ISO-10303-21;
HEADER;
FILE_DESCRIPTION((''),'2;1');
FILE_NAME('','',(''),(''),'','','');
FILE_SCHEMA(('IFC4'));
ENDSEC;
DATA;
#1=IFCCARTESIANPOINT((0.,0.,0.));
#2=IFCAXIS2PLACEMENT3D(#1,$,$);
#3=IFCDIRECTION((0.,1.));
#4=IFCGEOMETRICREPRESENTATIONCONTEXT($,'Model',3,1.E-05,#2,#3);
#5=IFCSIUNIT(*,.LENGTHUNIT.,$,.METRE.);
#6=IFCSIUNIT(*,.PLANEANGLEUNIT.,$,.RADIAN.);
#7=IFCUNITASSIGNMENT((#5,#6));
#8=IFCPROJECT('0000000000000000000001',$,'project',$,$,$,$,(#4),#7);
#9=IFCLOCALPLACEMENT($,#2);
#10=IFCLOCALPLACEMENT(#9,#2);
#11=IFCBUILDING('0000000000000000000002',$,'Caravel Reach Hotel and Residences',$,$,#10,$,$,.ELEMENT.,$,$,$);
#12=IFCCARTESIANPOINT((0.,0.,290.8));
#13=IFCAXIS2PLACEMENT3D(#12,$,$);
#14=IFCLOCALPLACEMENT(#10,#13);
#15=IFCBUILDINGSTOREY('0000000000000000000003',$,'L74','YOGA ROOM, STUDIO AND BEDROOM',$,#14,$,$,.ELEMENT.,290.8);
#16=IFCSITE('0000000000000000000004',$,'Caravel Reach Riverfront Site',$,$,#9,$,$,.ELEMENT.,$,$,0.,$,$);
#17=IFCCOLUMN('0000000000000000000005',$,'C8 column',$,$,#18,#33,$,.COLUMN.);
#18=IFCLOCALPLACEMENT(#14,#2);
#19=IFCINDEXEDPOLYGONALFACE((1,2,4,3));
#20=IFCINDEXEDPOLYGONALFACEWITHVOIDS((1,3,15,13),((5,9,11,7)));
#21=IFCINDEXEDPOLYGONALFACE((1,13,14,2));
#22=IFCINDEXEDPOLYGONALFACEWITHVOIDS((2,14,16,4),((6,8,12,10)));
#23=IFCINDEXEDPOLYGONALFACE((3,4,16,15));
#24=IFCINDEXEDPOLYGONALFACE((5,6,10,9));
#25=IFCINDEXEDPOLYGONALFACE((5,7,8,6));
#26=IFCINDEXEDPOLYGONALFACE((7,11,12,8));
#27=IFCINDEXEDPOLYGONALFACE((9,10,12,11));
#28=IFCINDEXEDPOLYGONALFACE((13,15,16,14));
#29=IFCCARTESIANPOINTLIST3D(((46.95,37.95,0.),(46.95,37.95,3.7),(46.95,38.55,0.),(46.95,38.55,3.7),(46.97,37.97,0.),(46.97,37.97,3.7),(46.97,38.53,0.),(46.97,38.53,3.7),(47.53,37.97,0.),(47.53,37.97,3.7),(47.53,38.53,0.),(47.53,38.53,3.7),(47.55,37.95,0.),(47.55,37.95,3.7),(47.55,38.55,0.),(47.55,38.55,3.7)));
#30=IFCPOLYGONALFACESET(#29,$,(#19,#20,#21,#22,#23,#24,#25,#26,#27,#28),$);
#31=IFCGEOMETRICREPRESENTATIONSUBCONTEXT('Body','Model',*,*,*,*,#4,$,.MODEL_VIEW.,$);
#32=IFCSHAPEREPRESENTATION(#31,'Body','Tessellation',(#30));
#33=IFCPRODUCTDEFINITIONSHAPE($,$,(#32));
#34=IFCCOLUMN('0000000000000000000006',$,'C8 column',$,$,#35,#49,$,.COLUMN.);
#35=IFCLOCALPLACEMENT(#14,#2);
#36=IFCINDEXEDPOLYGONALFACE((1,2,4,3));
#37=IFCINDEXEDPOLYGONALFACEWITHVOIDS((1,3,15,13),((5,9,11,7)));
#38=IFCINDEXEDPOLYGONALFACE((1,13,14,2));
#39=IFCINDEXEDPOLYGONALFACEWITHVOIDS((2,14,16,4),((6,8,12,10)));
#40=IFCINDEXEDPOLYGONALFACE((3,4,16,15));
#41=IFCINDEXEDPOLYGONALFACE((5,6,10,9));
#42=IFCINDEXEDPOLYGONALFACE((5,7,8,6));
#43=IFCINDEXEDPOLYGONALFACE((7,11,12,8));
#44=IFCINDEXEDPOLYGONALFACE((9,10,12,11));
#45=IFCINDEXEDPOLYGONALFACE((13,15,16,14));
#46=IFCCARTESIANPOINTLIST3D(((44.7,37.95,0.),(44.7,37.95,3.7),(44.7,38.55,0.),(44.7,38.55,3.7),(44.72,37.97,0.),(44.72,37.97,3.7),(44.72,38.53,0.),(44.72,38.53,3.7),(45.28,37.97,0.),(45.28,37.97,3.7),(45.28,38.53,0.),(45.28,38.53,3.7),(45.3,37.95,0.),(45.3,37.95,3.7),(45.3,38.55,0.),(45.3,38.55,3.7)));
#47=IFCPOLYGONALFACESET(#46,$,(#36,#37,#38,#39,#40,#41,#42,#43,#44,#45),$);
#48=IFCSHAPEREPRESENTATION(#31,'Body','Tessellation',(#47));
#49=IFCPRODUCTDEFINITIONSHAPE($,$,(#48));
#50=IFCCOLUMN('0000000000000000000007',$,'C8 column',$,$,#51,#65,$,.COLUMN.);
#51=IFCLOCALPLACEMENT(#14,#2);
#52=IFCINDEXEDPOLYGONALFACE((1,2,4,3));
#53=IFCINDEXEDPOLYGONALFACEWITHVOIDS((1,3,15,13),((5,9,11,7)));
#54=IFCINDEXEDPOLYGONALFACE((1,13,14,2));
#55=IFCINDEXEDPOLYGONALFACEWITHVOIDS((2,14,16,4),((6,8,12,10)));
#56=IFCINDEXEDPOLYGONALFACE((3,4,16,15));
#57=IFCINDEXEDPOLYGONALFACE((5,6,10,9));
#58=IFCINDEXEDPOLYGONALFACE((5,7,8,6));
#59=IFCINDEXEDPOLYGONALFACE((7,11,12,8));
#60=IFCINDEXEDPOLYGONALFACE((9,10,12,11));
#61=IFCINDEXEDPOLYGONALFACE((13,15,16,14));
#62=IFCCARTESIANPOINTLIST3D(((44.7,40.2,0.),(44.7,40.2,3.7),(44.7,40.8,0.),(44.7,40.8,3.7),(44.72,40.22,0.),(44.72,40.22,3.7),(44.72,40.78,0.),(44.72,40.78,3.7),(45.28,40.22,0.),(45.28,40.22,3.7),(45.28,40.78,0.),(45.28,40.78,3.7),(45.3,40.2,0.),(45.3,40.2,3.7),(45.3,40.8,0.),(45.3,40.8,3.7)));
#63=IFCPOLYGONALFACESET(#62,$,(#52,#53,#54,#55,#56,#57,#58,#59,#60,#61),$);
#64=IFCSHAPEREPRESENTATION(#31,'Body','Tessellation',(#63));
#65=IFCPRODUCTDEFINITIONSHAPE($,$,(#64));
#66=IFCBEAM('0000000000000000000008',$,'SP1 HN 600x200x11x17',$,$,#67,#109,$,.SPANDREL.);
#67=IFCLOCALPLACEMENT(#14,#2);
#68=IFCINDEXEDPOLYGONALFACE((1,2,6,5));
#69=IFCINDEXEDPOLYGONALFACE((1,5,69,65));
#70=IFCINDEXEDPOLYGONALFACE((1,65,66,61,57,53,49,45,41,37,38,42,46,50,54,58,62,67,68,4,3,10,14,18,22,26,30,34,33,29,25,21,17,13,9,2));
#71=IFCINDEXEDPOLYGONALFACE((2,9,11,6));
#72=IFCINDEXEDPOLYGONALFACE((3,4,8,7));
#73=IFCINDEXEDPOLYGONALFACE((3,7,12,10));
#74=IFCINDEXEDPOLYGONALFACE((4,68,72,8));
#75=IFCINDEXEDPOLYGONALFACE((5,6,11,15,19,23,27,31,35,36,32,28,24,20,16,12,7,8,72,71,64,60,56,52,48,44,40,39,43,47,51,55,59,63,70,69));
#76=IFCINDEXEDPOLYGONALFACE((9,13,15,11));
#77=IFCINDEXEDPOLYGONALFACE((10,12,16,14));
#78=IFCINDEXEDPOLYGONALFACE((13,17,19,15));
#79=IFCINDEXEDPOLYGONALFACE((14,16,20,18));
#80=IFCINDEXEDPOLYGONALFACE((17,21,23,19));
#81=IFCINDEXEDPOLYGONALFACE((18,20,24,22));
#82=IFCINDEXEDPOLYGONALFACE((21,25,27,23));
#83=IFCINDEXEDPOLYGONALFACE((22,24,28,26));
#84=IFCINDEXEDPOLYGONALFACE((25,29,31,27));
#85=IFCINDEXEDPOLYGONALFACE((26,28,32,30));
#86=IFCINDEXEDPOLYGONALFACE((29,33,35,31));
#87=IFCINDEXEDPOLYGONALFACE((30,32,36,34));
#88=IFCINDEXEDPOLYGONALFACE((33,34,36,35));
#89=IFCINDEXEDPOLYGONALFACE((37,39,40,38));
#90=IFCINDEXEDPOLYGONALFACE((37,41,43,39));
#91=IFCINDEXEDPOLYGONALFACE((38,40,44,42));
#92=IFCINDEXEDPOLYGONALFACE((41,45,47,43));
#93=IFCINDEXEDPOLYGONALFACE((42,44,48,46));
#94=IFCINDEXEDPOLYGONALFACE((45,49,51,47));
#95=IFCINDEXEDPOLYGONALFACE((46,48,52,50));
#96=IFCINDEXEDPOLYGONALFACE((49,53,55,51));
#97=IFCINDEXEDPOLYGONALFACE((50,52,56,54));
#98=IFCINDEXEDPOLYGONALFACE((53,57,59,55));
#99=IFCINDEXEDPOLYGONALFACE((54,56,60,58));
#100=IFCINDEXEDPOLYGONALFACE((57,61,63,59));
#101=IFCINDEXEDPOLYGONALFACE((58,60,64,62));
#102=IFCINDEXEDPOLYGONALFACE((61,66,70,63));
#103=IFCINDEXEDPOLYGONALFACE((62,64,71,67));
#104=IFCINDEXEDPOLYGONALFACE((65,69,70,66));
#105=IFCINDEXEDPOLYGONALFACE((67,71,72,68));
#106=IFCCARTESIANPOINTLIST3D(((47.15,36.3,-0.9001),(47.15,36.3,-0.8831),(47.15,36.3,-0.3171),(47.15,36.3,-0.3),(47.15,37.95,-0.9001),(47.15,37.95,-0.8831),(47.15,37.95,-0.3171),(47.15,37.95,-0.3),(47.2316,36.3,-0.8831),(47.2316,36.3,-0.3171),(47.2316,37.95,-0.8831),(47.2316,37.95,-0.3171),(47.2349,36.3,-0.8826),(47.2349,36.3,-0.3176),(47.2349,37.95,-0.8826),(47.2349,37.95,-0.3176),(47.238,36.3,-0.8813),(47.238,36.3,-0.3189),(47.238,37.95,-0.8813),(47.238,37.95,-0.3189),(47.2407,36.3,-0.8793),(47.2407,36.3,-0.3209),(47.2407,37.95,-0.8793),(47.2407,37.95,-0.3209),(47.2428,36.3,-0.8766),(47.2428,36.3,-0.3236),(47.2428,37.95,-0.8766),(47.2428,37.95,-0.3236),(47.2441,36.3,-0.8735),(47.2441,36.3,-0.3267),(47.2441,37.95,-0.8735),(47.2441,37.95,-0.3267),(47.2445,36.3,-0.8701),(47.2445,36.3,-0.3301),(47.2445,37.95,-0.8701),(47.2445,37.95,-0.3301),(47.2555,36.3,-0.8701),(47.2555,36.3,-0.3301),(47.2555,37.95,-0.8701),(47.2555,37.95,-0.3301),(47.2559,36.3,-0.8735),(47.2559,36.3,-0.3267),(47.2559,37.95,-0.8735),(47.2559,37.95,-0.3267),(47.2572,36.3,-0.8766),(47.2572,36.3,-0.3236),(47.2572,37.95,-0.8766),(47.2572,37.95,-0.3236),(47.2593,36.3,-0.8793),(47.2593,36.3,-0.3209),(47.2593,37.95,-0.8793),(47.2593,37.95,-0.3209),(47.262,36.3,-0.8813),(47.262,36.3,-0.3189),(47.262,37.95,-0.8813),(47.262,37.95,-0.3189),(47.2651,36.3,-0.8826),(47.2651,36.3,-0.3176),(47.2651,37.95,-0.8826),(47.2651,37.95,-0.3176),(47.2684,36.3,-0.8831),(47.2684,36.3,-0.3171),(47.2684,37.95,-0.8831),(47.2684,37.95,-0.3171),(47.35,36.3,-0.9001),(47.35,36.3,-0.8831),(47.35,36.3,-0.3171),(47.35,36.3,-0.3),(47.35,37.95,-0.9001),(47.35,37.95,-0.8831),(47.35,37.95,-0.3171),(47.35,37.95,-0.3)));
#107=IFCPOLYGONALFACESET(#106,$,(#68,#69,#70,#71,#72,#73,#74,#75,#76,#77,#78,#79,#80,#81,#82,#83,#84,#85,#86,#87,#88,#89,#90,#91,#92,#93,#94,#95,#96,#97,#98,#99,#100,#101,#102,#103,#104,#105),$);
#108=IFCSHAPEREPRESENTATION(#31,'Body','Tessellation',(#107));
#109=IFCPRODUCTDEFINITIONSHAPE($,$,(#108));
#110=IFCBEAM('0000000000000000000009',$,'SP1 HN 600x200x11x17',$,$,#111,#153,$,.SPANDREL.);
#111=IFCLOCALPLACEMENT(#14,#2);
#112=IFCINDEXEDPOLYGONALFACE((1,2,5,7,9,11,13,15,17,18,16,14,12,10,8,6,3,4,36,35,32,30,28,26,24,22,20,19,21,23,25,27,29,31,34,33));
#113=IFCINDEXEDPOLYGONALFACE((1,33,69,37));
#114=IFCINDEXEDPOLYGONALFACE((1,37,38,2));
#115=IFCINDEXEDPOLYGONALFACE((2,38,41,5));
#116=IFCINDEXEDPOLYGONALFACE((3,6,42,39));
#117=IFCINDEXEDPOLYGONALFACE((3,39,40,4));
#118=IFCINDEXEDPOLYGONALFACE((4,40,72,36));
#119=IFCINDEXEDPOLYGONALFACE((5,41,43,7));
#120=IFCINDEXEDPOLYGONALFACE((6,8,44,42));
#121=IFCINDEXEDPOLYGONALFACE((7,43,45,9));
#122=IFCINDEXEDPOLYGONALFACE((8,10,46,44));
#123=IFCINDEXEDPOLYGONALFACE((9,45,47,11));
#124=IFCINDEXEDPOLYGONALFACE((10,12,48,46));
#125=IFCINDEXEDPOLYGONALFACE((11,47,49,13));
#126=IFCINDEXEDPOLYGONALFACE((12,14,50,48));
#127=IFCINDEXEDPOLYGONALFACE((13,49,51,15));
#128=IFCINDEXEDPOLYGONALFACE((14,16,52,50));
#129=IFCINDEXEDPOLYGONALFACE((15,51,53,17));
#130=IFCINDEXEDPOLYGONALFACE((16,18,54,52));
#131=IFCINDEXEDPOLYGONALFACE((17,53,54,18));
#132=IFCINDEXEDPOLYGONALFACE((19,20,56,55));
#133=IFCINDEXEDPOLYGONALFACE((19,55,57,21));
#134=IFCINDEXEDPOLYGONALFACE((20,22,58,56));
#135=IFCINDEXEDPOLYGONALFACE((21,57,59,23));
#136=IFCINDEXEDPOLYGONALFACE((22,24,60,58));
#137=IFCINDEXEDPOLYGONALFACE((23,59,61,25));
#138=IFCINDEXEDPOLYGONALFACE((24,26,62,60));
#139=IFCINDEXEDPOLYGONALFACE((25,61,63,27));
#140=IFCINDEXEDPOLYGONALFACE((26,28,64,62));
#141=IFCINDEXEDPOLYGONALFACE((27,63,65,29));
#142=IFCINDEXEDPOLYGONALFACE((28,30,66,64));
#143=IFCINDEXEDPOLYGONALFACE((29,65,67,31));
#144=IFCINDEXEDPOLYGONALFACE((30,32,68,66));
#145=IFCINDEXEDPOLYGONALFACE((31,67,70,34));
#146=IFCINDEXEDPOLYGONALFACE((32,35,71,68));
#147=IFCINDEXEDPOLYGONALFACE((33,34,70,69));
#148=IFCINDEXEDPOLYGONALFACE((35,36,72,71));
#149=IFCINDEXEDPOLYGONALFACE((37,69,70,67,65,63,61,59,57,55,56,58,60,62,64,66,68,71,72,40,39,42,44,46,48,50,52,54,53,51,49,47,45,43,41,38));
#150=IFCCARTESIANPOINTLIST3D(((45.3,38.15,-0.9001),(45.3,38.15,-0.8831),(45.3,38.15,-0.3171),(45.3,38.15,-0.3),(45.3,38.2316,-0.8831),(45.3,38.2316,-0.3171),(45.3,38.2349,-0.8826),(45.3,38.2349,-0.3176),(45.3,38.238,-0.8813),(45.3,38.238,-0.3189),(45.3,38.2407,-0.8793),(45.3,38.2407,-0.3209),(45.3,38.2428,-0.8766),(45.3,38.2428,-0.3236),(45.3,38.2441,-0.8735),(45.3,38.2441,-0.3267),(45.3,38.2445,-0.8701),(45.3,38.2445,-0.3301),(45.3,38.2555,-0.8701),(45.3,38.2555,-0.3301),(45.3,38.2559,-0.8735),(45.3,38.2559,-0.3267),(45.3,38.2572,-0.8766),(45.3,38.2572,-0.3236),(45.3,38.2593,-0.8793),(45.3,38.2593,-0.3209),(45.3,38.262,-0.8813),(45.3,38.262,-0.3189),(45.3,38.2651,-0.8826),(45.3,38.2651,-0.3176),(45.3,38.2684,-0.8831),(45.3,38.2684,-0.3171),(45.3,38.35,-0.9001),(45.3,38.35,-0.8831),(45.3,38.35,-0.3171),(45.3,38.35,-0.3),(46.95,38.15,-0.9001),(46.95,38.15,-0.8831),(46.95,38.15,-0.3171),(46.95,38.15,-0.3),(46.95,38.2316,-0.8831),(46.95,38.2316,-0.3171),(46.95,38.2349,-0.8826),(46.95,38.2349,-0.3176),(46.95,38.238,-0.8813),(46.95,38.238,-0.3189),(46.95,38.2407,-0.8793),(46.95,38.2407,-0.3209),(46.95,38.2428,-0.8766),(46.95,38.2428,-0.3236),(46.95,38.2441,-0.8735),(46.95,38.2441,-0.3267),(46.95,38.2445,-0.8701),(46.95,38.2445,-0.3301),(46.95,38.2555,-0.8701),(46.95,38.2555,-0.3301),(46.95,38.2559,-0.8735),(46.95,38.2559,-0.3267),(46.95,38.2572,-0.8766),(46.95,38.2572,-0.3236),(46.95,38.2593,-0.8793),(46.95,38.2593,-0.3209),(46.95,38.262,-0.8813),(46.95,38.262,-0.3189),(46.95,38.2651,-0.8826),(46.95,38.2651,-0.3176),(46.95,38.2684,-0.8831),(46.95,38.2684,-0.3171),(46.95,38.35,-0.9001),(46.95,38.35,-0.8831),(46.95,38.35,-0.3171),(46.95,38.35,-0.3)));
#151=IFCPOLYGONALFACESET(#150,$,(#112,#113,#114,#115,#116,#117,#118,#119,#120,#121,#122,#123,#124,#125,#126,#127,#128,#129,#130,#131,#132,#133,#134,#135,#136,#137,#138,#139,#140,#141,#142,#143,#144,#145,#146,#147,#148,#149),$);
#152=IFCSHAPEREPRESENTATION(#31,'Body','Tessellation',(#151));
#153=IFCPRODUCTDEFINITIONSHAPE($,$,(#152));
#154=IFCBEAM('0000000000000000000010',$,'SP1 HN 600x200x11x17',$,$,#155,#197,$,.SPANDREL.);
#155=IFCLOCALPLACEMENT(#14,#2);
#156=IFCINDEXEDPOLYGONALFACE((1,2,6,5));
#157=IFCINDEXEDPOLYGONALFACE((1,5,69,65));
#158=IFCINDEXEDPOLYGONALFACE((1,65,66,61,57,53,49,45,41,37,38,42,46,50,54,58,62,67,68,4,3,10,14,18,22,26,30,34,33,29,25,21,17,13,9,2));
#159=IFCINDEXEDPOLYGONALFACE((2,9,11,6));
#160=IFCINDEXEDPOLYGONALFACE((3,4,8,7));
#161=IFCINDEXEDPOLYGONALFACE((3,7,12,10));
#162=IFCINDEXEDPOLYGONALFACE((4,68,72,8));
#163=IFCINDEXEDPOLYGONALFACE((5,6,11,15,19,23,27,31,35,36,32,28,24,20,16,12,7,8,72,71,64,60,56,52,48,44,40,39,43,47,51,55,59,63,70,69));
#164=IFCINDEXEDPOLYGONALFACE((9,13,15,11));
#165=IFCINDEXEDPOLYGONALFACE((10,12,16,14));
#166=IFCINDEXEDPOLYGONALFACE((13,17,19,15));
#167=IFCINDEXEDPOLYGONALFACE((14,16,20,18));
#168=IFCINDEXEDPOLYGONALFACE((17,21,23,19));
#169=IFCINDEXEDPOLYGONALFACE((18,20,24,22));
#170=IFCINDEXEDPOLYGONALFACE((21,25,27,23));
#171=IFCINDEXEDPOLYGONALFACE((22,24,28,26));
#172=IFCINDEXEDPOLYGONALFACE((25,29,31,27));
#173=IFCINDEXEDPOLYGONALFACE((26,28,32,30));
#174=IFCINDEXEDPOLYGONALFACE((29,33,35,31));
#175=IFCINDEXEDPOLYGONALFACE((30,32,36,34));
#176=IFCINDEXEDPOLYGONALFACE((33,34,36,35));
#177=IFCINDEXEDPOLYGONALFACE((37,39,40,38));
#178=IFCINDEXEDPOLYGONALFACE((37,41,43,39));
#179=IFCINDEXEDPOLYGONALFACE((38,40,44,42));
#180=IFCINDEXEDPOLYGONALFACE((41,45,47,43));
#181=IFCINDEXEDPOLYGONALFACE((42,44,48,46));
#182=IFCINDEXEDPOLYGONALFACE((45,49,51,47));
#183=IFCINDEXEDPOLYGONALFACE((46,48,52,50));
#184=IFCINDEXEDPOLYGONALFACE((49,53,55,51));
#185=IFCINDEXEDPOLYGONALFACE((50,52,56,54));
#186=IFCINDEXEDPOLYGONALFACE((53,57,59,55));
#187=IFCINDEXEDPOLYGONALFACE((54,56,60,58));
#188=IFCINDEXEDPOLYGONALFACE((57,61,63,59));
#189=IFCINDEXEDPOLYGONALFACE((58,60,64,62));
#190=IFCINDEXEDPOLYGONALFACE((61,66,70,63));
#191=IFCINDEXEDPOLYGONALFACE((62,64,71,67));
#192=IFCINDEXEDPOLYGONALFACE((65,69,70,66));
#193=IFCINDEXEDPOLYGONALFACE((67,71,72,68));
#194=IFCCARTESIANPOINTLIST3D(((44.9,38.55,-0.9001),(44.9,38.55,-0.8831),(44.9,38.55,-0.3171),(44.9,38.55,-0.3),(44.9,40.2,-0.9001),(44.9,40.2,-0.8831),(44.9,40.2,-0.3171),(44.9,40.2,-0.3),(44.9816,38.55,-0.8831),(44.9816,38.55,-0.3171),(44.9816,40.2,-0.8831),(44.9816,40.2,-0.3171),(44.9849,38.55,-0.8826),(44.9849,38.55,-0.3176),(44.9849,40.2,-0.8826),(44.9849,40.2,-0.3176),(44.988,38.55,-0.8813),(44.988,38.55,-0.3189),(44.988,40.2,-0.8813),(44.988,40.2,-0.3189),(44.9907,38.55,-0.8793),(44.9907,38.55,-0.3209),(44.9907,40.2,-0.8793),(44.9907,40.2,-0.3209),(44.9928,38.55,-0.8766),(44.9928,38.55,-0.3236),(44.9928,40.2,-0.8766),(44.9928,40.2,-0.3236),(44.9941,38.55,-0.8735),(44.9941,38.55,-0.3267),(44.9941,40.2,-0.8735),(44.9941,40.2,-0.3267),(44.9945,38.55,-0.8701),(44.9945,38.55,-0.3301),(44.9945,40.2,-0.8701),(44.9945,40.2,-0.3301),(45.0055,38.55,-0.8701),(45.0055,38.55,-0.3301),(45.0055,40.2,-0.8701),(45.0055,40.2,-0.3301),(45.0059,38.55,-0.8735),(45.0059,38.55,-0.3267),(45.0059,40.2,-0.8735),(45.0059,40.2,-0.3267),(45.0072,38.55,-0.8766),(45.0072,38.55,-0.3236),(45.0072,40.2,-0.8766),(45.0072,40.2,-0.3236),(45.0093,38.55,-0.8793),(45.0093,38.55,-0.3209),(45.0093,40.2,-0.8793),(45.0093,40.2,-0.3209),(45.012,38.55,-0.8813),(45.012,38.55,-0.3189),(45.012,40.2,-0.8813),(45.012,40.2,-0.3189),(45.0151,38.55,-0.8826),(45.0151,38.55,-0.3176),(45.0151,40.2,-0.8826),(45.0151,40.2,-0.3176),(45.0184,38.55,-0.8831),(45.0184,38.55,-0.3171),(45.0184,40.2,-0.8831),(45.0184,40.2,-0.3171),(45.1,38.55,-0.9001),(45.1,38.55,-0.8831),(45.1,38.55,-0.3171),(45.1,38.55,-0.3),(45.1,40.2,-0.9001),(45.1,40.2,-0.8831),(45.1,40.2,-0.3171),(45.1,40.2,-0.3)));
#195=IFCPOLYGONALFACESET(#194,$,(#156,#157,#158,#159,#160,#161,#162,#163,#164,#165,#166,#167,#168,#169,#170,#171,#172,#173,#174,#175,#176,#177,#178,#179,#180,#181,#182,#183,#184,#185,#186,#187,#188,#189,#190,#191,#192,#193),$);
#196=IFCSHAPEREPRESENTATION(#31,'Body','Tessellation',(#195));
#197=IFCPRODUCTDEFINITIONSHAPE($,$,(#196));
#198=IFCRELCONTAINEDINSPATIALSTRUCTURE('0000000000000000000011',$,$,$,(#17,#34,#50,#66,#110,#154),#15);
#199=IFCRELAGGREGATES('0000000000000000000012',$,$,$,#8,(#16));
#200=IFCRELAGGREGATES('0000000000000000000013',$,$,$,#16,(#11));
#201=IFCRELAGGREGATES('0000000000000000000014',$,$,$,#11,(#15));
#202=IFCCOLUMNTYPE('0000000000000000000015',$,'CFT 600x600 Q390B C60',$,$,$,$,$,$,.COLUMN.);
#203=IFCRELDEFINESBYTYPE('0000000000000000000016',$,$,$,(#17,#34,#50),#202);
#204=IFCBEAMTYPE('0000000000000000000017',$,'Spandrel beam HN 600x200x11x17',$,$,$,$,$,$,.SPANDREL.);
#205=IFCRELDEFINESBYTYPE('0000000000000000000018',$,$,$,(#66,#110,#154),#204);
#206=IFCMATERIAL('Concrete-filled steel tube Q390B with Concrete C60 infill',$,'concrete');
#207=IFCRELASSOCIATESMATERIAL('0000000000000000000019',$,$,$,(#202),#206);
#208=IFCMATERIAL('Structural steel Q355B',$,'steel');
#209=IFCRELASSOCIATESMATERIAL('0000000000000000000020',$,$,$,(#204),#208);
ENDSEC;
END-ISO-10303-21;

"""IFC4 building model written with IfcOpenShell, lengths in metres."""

from ifc_helpers import new_model, si_unit, direction, frame, origin, origin_2d, place, context, subcontext, project, spatial, hollow_rectangle, i_section, extrude, material, material_profile, profile_set, type_object, element, save


model = new_model("IFC4")

# Units and contexts
model_context = context("Model", 3, precision=1e-05, world=origin(), true_north=direction((0.0, 1.0)))
body_context = subcontext(model_context, "Body", "Model", "MODEL_VIEW")
ifc_project = project(units=[si_unit("LENGTHUNIT", "METRE"), si_unit("PLANEANGLEUNIT", "RADIAN")], contexts=[model_context])

# Site, building, storey
site_placement = place(None, origin())
site = spatial("IfcSite", under=ifc_project, at=site_placement, Name="Caravel Reach Riverfront Site", CompositionType="ELEMENT", RefElevation=0.0)
building_placement = place(site_placement, origin())
building = spatial("IfcBuilding", under=site, at=building_placement, Name="Caravel Reach Hotel and Residences", CompositionType="ELEMENT")
storey_placement = place(building_placement, frame((0.0, 0.0, 290.8)))
storey = spatial("IfcBuildingStorey", under=building, at=storey_placement, Name="L74", Description="YOGA ROOM, STUDIO AND BEDROOM", CompositionType="ELEMENT", Elevation=290.8)

# Columns
ifc_material_1 = material(Name="Concrete-filled steel tube Q390B with Concrete C60 infill", Category="concrete")
ifc_material_profile_1 = material_profile(ifc_material_1, hollow_rectangle(XDim=0.6001, YDim=0.6001, WallThickness=0.02, at=origin_2d()), Name="RHS 600x600x20")
ifc_profile_set_1 = profile_set([ifc_material_profile_1], Name="Concrete-filled steel tube Q390B with Concrete C60 infill")
column_type = type_object("IfcColumnType", Name="CFT 600x600 Q390B C60", PredefinedType="COLUMN", material=ifc_profile_set_1)
for number, where, z_axis, x_axis, name in (
    (1, (47.25, 38.25, 0.0), (0.0, 0.0, 1.0), (1.0, 0.0, 0.0), "C8 column"),
    (2, (45.0, 38.25, 0.0), (0.0, 0.0, 1.0), (1.0, 0.0, 0.0), "C8 column"),
    (3, (45.0, 40.5, 0.0), (0.0, 0.0, 1.0), (1.0, 0.0, 0.0), "C8 column"),
):
    element("IfcColumn", number, at=place(storey_placement, frame(where, z_axis=z_axis, x_axis=x_axis)), inside=storey, type_object=column_type, Name=name, PredefinedType="COLUMN", context=body_context, shape_type="SweptSolid", body=[
        extrude(hollow_rectangle(XDim=0.6001, YDim=0.6001, WallThickness=0.02, at=origin_2d()), origin(), (0.0, 0.0, 1.0), 3.7),
    ])

# Beams
ifc_material_2 = material(Name="Structural steel Q355B", Category="steel")
ifc_material_profile_2 = material_profile(ifc_material_2, i_section(OverallWidth=0.2, OverallDepth=0.6001, WebThickness=0.011, FlangeThickness=0.0171, FilletRadius=0.0129, at=origin_2d()), Name="HN 600x200x11x17")
ifc_profile_set_2 = profile_set([ifc_material_profile_2], Name="Structural steel Q355B")
beam_type = type_object("IfcBeamType", Name="Spandrel beam HN 600x200x11x17", PredefinedType="SPANDREL", material=ifc_profile_set_2)
for number, where, z_axis, x_axis, name in (
    (4, (47.25, 36.3, -0.6001), (0.0, 1.0, 0.0), (-1.0, 0.0, 0.0), "SP1 HN 600x200x11x17"),
    (5, (46.95, 38.25, -0.6001), (-1.0, 0.0, 0.0), (0.0, -1.0, 0.0), "SP1 HN 600x200x11x17"),
    (6, (45.0, 38.55, -0.6001), (0.0, 1.0, 0.0), (-1.0, 0.0, 0.0), "SP1 HN 600x200x11x17"),
):
    element("IfcBeam", number, at=place(storey_placement, frame(where, z_axis=z_axis, x_axis=x_axis)), inside=storey, type_object=beam_type, Name=name, PredefinedType="SPANDREL", context=body_context, shape_type="SweptSolid", body=[
        extrude(i_section(OverallWidth=0.2, OverallDepth=0.6001, WebThickness=0.011, FlangeThickness=0.0171, FilletRadius=0.0129, at=origin_2d()), origin(), (0.0, 0.0, 1.0), 1.6499),
    ])

save(model, "model.ifc")
